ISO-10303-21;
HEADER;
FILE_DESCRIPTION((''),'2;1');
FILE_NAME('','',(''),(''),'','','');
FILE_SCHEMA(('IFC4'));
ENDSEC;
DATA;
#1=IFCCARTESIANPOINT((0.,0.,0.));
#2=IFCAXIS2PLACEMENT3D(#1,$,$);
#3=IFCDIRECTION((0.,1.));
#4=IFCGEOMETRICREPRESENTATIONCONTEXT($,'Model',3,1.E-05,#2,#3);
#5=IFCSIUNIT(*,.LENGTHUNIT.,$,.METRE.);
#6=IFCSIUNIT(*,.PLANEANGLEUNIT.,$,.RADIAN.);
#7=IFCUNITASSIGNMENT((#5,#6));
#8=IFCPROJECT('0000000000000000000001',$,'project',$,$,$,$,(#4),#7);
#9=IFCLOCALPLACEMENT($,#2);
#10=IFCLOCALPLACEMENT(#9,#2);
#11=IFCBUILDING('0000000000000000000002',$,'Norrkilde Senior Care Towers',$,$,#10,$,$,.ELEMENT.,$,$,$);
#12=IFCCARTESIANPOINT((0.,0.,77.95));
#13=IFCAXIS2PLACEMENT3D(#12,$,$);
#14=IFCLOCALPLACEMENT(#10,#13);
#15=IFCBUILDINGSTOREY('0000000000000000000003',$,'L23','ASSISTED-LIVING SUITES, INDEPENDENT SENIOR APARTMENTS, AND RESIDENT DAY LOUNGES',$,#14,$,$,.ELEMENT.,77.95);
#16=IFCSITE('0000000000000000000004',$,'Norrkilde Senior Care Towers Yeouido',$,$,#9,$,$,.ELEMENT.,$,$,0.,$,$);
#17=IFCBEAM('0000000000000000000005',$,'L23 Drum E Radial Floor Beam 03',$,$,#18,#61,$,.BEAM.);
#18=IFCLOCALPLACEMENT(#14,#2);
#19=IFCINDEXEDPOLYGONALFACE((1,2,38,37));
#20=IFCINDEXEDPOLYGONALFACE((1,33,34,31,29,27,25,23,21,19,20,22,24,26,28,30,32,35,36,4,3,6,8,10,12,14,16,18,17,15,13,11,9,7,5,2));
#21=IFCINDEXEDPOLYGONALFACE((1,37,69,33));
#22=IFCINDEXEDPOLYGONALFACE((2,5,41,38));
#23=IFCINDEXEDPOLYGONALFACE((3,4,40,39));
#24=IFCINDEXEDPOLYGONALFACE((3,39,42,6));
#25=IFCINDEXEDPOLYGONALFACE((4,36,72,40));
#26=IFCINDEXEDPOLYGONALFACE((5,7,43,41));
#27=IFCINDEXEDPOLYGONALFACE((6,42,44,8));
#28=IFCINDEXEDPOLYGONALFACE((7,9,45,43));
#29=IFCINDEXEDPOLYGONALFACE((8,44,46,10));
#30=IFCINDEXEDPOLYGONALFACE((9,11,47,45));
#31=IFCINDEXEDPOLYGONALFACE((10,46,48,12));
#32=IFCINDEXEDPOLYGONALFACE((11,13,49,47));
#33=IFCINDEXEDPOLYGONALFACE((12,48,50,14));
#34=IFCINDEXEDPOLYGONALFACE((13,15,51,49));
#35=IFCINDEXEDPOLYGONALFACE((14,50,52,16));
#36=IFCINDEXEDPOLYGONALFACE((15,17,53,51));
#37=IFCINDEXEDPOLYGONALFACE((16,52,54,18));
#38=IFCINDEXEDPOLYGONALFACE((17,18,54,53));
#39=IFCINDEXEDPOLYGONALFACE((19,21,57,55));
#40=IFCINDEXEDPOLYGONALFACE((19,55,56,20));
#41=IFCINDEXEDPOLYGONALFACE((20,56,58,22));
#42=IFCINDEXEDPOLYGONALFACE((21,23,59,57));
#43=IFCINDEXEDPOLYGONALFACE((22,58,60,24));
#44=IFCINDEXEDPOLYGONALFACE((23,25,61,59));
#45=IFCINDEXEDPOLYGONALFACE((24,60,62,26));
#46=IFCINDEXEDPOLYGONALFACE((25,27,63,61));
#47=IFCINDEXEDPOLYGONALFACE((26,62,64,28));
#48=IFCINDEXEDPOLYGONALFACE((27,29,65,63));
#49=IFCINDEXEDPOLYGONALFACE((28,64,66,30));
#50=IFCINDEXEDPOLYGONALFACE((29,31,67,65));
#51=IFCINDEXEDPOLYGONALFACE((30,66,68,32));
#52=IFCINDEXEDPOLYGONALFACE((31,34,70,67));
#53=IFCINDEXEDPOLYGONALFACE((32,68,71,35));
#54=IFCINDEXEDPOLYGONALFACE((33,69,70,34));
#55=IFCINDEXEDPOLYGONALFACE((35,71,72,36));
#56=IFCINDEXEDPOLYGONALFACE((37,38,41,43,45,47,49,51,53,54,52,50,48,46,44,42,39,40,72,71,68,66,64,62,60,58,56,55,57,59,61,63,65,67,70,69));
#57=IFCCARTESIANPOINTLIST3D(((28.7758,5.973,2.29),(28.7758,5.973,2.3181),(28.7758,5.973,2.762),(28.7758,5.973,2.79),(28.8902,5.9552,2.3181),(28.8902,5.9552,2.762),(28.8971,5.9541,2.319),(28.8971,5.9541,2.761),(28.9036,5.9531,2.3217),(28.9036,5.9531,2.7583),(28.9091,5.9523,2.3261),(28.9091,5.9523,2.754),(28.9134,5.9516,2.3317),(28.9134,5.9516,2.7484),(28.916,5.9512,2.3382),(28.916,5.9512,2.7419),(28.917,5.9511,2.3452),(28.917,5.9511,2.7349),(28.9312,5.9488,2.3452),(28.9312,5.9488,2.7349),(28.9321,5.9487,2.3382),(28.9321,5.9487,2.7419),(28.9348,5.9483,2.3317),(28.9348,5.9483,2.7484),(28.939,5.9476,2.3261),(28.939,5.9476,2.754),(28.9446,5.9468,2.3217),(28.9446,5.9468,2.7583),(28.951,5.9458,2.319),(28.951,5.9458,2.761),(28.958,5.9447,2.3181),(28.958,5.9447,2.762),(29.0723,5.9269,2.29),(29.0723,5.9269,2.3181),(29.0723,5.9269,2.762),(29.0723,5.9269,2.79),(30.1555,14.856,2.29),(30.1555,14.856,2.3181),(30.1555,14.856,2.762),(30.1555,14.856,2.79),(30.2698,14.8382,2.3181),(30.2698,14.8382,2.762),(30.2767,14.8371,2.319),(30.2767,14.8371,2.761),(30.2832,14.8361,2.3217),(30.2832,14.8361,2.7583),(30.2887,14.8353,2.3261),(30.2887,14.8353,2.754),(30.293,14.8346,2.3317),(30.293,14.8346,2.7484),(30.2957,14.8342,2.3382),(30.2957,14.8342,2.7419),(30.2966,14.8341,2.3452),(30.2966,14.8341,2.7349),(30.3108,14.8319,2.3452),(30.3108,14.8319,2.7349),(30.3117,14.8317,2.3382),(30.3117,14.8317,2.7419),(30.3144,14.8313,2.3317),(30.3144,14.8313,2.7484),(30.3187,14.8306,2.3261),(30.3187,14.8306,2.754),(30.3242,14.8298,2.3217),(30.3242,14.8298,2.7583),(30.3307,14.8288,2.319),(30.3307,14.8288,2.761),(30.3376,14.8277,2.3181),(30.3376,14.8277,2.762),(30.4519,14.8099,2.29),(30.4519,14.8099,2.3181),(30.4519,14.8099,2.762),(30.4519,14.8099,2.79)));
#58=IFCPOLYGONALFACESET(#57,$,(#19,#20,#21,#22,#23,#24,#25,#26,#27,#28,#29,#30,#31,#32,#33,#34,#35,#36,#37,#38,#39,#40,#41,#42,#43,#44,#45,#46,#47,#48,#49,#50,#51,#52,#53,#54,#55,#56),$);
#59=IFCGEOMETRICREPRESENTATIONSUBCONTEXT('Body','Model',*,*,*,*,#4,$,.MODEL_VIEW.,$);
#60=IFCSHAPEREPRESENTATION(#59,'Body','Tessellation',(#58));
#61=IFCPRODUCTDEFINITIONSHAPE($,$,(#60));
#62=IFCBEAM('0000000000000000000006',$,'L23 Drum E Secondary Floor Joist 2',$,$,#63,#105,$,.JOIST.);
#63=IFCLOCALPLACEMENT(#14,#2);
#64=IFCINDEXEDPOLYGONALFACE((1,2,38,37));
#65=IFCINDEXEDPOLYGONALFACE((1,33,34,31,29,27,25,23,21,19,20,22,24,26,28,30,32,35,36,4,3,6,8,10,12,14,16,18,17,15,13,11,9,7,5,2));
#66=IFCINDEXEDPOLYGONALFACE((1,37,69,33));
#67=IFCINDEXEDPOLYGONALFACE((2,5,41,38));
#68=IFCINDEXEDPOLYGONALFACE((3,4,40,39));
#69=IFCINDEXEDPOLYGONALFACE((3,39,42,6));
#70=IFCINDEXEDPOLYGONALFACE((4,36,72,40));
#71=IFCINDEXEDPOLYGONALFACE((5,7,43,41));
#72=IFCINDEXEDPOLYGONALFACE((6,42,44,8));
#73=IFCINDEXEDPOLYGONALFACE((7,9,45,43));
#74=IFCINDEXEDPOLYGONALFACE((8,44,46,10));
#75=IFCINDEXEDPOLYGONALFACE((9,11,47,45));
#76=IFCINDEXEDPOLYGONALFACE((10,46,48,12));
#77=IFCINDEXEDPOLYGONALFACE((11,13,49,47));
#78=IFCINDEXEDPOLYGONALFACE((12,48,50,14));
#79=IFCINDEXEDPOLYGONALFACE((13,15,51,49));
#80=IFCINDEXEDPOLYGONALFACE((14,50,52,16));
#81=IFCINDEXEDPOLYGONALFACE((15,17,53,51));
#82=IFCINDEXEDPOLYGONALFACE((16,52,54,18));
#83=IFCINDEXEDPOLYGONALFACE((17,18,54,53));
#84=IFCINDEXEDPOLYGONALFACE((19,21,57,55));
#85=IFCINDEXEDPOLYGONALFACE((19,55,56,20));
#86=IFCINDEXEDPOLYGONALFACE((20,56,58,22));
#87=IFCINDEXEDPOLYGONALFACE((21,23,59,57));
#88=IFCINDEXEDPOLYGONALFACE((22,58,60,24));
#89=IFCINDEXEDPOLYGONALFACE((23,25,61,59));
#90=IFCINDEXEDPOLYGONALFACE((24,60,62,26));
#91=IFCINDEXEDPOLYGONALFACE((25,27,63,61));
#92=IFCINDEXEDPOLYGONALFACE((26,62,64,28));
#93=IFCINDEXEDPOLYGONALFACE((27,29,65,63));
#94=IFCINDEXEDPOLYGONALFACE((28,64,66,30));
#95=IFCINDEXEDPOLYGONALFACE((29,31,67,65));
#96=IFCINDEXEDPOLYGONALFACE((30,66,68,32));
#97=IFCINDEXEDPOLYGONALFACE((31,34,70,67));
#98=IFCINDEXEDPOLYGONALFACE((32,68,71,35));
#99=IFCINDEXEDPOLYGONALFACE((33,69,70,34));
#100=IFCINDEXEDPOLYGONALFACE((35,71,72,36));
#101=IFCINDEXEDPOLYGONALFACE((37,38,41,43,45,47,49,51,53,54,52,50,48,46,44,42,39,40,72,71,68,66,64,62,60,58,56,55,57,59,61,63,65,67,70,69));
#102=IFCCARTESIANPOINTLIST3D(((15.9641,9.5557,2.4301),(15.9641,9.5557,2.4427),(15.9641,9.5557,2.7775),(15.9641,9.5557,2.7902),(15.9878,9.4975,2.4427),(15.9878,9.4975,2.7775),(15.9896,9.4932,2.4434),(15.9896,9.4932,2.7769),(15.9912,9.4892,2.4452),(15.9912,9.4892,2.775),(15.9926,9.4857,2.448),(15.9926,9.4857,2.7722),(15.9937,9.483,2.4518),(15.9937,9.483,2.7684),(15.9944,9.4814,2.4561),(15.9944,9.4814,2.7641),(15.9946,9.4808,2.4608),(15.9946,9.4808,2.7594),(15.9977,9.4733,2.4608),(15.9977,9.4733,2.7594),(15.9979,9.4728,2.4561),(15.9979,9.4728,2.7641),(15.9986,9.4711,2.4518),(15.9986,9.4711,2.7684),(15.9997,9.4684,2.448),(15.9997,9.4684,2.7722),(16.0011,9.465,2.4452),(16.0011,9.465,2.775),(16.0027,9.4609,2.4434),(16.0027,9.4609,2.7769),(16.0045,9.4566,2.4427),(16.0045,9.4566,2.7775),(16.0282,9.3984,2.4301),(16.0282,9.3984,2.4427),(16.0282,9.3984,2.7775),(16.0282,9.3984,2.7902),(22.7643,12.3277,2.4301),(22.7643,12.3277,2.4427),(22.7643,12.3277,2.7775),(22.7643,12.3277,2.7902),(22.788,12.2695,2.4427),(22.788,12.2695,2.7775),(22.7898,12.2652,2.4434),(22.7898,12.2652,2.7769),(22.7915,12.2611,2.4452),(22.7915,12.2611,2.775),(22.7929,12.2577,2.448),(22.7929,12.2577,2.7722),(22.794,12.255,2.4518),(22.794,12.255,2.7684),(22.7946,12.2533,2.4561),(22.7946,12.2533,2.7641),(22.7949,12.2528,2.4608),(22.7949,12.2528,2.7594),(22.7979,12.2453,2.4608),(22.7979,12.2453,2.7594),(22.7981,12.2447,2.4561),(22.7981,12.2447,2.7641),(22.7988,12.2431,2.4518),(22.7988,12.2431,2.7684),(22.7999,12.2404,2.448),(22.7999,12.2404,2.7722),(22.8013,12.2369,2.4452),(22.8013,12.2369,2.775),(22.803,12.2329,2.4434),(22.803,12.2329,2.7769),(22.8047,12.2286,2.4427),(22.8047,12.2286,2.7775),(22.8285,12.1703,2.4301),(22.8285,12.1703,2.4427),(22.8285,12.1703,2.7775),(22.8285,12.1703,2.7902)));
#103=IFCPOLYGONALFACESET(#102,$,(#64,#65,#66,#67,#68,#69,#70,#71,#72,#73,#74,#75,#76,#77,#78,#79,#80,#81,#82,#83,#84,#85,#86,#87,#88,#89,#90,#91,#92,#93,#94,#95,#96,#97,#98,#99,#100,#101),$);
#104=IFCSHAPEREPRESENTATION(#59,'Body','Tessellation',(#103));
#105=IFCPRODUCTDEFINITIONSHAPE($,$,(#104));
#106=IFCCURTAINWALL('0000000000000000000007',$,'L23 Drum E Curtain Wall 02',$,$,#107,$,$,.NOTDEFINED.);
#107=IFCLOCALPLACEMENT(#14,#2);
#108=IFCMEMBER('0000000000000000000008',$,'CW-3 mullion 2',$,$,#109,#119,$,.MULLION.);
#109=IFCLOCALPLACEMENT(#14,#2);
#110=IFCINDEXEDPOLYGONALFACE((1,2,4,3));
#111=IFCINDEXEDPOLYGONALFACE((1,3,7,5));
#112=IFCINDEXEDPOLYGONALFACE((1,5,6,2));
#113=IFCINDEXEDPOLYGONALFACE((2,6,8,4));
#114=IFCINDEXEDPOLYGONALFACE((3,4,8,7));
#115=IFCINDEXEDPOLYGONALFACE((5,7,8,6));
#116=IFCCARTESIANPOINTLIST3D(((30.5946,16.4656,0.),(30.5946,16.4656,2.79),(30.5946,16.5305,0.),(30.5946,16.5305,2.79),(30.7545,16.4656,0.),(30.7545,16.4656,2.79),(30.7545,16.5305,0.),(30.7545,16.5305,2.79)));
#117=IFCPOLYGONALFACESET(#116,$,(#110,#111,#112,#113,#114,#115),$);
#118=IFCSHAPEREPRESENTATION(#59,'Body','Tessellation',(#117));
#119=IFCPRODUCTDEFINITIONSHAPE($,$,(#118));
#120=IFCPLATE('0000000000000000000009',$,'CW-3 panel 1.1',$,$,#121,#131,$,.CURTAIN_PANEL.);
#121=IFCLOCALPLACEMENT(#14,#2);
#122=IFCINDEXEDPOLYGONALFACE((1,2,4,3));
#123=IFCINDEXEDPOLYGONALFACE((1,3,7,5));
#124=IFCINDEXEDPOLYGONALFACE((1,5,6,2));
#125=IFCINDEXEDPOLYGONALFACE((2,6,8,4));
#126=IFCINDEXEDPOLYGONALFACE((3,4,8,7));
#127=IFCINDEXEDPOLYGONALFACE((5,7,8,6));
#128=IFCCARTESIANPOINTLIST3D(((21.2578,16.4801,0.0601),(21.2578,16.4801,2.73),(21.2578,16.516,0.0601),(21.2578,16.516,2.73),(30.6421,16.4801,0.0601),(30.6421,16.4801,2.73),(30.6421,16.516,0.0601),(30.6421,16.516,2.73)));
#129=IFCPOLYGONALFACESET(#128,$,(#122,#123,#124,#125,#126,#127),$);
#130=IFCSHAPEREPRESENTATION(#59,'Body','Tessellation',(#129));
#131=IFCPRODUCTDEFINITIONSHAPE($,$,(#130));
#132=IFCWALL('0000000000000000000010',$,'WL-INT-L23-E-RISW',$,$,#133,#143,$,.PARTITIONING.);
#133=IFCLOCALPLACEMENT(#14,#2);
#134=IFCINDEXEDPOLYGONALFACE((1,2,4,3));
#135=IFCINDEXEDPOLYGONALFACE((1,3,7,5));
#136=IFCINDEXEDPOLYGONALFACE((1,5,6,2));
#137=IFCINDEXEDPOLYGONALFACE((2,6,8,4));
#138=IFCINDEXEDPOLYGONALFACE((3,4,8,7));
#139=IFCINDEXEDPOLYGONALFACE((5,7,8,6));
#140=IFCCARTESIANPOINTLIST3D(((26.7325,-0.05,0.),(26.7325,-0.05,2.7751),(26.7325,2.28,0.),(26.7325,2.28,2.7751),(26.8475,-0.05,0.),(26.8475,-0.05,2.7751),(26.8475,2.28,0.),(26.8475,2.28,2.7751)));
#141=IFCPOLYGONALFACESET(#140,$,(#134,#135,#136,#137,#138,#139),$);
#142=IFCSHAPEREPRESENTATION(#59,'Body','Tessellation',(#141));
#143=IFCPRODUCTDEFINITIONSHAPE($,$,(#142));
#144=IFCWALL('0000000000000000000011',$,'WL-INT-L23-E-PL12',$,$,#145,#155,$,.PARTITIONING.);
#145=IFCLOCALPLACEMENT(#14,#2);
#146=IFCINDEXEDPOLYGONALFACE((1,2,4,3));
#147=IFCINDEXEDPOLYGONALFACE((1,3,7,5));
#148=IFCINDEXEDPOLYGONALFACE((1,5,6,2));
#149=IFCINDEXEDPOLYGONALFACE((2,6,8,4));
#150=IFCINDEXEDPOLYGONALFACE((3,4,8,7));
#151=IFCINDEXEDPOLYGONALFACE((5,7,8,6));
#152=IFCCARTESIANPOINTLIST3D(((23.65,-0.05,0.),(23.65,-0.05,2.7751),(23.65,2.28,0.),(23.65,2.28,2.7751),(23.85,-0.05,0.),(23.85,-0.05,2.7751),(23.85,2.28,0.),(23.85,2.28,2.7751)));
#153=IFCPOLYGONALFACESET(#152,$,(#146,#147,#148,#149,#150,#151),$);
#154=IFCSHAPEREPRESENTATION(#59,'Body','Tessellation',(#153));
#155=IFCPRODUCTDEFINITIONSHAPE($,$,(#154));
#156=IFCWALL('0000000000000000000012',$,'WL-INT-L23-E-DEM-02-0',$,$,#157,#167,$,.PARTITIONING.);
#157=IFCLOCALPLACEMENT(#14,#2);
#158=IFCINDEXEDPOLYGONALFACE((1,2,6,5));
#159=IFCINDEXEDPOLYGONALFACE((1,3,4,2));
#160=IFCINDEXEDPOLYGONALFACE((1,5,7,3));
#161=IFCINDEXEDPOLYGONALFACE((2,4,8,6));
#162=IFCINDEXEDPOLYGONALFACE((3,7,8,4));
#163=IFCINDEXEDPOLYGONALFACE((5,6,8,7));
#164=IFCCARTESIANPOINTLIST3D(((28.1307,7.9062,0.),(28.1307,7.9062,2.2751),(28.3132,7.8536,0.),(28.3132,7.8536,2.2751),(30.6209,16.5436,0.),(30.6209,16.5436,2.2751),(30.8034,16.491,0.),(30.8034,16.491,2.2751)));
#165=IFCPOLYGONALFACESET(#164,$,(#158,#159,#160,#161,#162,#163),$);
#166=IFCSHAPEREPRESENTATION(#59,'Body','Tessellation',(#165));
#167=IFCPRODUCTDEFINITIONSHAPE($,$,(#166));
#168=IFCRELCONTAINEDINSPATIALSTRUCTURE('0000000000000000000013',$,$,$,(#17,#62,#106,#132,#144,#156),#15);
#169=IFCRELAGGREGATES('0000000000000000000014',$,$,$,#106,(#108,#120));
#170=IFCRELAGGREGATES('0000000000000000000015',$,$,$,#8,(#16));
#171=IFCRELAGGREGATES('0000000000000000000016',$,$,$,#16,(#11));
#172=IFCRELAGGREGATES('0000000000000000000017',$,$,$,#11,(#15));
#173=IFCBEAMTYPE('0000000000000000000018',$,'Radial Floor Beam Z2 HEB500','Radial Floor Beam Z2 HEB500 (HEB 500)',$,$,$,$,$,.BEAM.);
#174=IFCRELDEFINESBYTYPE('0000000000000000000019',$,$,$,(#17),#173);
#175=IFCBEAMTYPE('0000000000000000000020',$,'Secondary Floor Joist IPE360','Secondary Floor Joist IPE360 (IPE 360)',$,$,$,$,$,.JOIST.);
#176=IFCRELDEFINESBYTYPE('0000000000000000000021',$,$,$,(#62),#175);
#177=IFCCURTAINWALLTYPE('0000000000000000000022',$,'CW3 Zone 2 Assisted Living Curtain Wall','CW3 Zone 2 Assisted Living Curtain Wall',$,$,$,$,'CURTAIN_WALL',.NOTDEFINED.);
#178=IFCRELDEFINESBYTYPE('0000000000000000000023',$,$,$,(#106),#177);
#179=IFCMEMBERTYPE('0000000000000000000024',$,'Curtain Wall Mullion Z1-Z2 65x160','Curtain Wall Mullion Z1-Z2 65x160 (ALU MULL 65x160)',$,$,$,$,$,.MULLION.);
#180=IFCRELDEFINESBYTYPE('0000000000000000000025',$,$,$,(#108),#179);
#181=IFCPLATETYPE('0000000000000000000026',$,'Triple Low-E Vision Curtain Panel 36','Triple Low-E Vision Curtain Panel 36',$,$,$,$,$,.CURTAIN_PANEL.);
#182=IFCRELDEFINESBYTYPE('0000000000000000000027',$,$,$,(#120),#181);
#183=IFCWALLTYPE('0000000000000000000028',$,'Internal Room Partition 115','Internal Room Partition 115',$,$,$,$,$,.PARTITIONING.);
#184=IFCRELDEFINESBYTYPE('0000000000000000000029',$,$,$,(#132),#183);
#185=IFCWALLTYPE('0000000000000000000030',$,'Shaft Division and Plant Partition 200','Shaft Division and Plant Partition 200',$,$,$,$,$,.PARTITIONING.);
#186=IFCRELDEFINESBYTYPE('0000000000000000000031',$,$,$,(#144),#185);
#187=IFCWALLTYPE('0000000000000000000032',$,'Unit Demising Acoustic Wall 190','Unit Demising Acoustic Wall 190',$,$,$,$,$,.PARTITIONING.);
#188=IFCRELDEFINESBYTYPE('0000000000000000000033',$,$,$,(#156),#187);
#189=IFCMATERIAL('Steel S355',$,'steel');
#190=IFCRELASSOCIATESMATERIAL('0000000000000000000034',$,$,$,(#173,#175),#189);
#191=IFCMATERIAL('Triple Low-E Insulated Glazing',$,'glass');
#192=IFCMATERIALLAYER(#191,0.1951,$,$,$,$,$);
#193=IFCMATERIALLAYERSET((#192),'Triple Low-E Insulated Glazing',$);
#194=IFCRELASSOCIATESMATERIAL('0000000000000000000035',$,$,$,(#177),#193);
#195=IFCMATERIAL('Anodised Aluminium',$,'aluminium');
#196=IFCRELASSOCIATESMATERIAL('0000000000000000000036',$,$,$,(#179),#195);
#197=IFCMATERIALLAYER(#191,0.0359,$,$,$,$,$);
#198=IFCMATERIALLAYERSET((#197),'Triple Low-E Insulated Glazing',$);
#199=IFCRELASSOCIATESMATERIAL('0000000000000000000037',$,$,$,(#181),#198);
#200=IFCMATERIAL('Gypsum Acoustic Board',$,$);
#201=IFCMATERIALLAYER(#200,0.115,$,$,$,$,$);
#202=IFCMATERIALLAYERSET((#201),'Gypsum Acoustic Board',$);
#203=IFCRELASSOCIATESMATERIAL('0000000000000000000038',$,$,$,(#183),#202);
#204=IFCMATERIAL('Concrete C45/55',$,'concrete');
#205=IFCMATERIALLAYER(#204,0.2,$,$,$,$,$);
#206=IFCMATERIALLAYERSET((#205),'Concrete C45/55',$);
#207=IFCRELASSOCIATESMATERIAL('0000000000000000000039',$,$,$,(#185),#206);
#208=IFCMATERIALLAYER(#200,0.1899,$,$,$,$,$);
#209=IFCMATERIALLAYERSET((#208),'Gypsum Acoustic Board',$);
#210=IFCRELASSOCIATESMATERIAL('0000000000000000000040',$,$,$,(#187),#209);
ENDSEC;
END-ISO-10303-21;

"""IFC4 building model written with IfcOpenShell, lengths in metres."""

from ifc_helpers import new_model, si_unit, direction, frame, frame_2d, origin, origin_2d, place, context, subcontext, project, spatial, rectangle, i_section, extrude, source, transform, mapped, material, layer, layer_set, material_profile, profile_set, type_object, type_shapes, element, aggregate, save


model = new_model("IFC4")

# Units and contexts
model_context = context("Model", 3, precision=1e-05, world=origin(), true_north=direction((0.0, 1.0)))
body_context = subcontext(model_context, "Body", "Model", "MODEL_VIEW")
ifc_project = project(units=[si_unit("LENGTHUNIT", "METRE"), si_unit("PLANEANGLEUNIT", "RADIAN")], contexts=[model_context])

# Site, building, storey
site_placement = place(None, origin())
site = spatial("IfcSite", under=ifc_project, at=site_placement, Name="Norrkilde Senior Care Towers Yeouido", CompositionType="ELEMENT", RefElevation=0.0)
building_placement = place(site_placement, origin())
building = spatial("IfcBuilding", under=site, at=building_placement, Name="Norrkilde Senior Care Towers", CompositionType="ELEMENT")
storey_placement = place(building_placement, frame((0.0, 0.0, 77.95)))
storey = spatial("IfcBuildingStorey", under=building, at=storey_placement, Name="L23", Description="ASSISTED-LIVING SUITES, INDEPENDENT SENIOR APARTMENTS, AND RESIDENT DAY LOUNGES", CompositionType="ELEMENT", Elevation=77.95)

# Beams
ifc_material_1 = material(Name="Steel S355", Category="steel")
ifc_material_profile_1 = material_profile(ifc_material_1, i_section(OverallWidth=0.3, OverallDepth=0.5, WebThickness=0.0144, FlangeThickness=0.0281, FilletRadius=0.0271, at=origin_2d()), Name="HEB 500")
ifc_profile_set_1 = profile_set([ifc_material_profile_1], Name="Steel S355")
beam_type_1 = type_object("IfcBeamType", Name="Radial Floor Beam Z2 HEB500", Description="Radial Floor Beam Z2 HEB500 (HEB 500)", PredefinedType="BEAM", material=ifc_profile_set_1)
shared_shape_1 = source(origin(), body_context, "Body", "SweptSolid", [
    extrude(i_section(OverallWidth=0.3, OverallDepth=0.5, WebThickness=0.0144, FlangeThickness=0.0281, FilletRadius=0.0271, at=origin_2d()), origin(), (0.0, 0.0, 1.0), 8.9895),
])
beam_1_placement = place(storey_placement, frame((28.9241, 5.95, 2.54), z_axis=(0.153471, 0.988153, 0.0), x_axis=(-0.988153, 0.153471, 0.0)))
element("IfcBeam", 1, at=beam_1_placement, inside=storey, type_object=beam_type_1, Name="L23 Drum E Radial Floor Beam 03", PredefinedType="BEAM", context=body_context, shape_type="MappedRepresentation", body=[
    mapped(shared_shape_1, transform((0.0, 0.0, 0.0), x_axis=(1.0, 0.0, 0.0), y_axis=(0.0, 1.0, 0.0), z_axis=(0.0, 0.0, 1.0), scale=1.0)),
])
ifc_material_profile_2 = material_profile(ifc_material_1, i_section(OverallWidth=0.1699, OverallDepth=0.3601, WebThickness=0.0081, FlangeThickness=0.0127, FilletRadius=0.0181, at=origin_2d()), Name="IPE 360")
ifc_profile_set_2 = profile_set([ifc_material_profile_2], Name="Steel S355")
beam_type_2 = type_object("IfcBeamType", Name="Secondary Floor Joist IPE360", Description="Secondary Floor Joist IPE360 (IPE 360)", PredefinedType="JOIST", material=ifc_profile_set_2)
shared_shape_2 = source(origin(), body_context, "Body", "SweptSolid", [
    extrude(i_section(OverallWidth=0.1699, OverallDepth=0.3601, WebThickness=0.0081, FlangeThickness=0.0127, FilletRadius=0.0181, at=origin_2d()), origin(), (0.0, 0.0, 1.0), 7.3435),
])
type_shapes(beam_type_2, [shared_shape_2])
beam_2_placement = place(storey_placement, frame((22.7964, 12.249, 2.6101), z_axis=(-0.926022, -0.37747, 0.0), x_axis=(0.37747, -0.926022, 0.0)))
element("IfcBeam", 2, at=beam_2_placement, inside=storey, type_object=beam_type_2, Name="L23 Drum E Secondary Floor Joist 2", PredefinedType="JOIST", context=body_context, shape_type="MappedRepresentation", body=[
    mapped(shared_shape_2, transform((0.0, 0.0, 0.0), x_axis=(1.0, 0.0, 0.0), y_axis=(0.0, 1.0, 0.0), z_axis=(0.0, 0.0, 1.0), scale=1.0)),
])

# Curtain wall, member, plate
ifc_material_2 = material(Name="Triple Low-E Insulated Glazing", Category="glass")
ifc_layer_1 = layer(ifc_material_2, 0.1951)
ifc_layer_set_1 = layer_set([ifc_layer_1], Name="Triple Low-E Insulated Glazing")
curtain_wall_type = type_object("IfcCurtainWallType", Name="CW3 Zone 2 Assisted Living Curtain Wall", Description="CW3 Zone 2 Assisted Living Curtain Wall", ElementType="CURTAIN_WALL", PredefinedType="NOTDEFINED", material=ifc_layer_set_1)
curtain_wall_placement = place(storey_placement, origin())
curtain_wall = element("IfcCurtainWall", 3, at=curtain_wall_placement, inside=storey, type_object=curtain_wall_type, Name="L23 Drum E Curtain Wall 02", PredefinedType="NOTDEFINED")
ifc_material_3 = material(Name="Anodised Aluminium", Category="aluminium")
ifc_material_profile_3 = material_profile(ifc_material_3, rectangle(XDim=0.0649, YDim=0.1599, at=origin_2d()), Name="ALU MULL 65x160")
ifc_profile_set_3 = profile_set([ifc_material_profile_3], Name="Anodised Aluminium")
member_type = type_object("IfcMemberType", Name="Curtain Wall Mullion Z1-Z2 65x160", Description="Curtain Wall Mullion Z1-Z2 65x160 (ALU MULL 65x160)", PredefinedType="MULLION", material=ifc_profile_set_3)
shared_shape_3 = source(origin(), body_context, "Body", "SweptSolid", [
    extrude(rectangle(XDim=0.0649, YDim=0.1599, at=origin_2d()), origin(), (0.0, 0.0, 1.0), 2.79),
])
type_shapes(member_type, [shared_shape_3])
member_placement = place(storey_placement, frame((30.6746, 16.498, 0.0), z_axis=(0.0, 0.0, 1.0), x_axis=(0.0, 1.0, 0.0)))
member = element("IfcMember", 4, at=member_placement, type_object=member_type, Name="CW-3 mullion 2", PredefinedType="MULLION", context=body_context, shape_type="MappedRepresentation", body=[
    mapped(shared_shape_3, transform((0.0, 0.0, 0.0), x_axis=(1.0, 0.0, 0.0), y_axis=(0.0, 1.0, 0.0), z_axis=(0.0, 0.0, 1.0), scale=1.0)),
])
ifc_layer_2 = layer(ifc_material_2, 0.0359)
ifc_layer_set_2 = layer_set([ifc_layer_2], Name="Triple Low-E Insulated Glazing")
plate_type = type_object("IfcPlateType", Name="Triple Low-E Vision Curtain Panel 36", Description="Triple Low-E Vision Curtain Panel 36", PredefinedType="CURTAIN_PANEL", material=ifc_layer_set_2)
shared_shape_4 = source(origin(), body_context, "Body", "SweptSolid", [
    extrude(rectangle(XDim=9.3843, YDim=0.0359, at=origin_2d()), origin(), (0.0, 0.0, 1.0), 2.6699),
])
type_shapes(plate_type, [shared_shape_4])
plate_placement = place(storey_placement, frame((25.95, 16.498, 0.0601), z_axis=(0.0, 0.0, 1.0), x_axis=(1.0, 0.0, 0.0)))
plate = element("IfcPlate", 5, at=plate_placement, type_object=plate_type, Name="CW-3 panel 1.1", PredefinedType="CURTAIN_PANEL", context=body_context, shape_type="MappedRepresentation", body=[
    mapped(shared_shape_4, transform((0.0, 0.0, 0.0), x_axis=(1.0, 0.0, 0.0), y_axis=(0.0, 1.0, 0.0), z_axis=(0.0, 0.0, 1.0), scale=1.0)),
])
aggregate(curtain_wall, [member, plate])

# Shared definitions
ifc_material_4 = material(Name="Concrete C45/55", Category="concrete")

# Walls
ifc_material_5 = material(Name="Gypsum Acoustic Board")
ifc_layer_3 = layer(ifc_material_5, 0.115)
ifc_layer_set_3 = layer_set([ifc_layer_3], Name="Gypsum Acoustic Board")
wall_type_1 = type_object("IfcWallType", Name="Internal Room Partition 115", Description="Internal Room Partition 115", PredefinedType="PARTITIONING", material=ifc_layer_set_3)
shared_shape_5 = source(origin(), body_context, "Body", "SweptSolid", [
    extrude(rectangle(XDim=2.3301, YDim=0.115, at=frame_2d((1.165, 0.0))), origin(), (0.0, 0.0, 1.0), 2.7751),
])
wall_1_placement = place(storey_placement, frame((26.79, -0.05, 0.0), z_axis=(0.0, 0.0, 1.0), x_axis=(0.0, 1.0, 0.0)))
element("IfcWall", 6, at=wall_1_placement, inside=storey, type_object=wall_type_1, Name="WL-INT-L23-E-RISW", PredefinedType="PARTITIONING", context=body_context, shape_type="MappedRepresentation", body=[
    mapped(shared_shape_5, transform((0.0, 0.0, 0.0), x_axis=(1.0, 0.0, 0.0), y_axis=(0.0, 1.0, 0.0), z_axis=(0.0, 0.0, 1.0), scale=1.0)),
])
ifc_layer_4 = layer(ifc_material_4, 0.2)
ifc_layer_set_4 = layer_set([ifc_layer_4], Name="Concrete C45/55")
wall_type_2 = type_object("IfcWallType", Name="Shaft Division and Plant Partition 200", Description="Shaft Division and Plant Partition 200", PredefinedType="PARTITIONING", material=ifc_layer_set_4)
shared_shape_6 = source(origin(), body_context, "Body", "SweptSolid", [
    extrude(rectangle(XDim=2.3301, YDim=0.2, at=frame_2d((1.165, 0.0))), origin(), (0.0, 0.0, 1.0), 2.7751),
])
type_shapes(wall_type_2, [shared_shape_6])
wall_2_placement = place(storey_placement, frame((23.75, -0.05, 0.0), z_axis=(0.0, 0.0, 1.0), x_axis=(0.0, 1.0, 0.0)))
element("IfcWall", 7, at=wall_2_placement, inside=storey, type_object=wall_type_2, Name="WL-INT-L23-E-PL12", PredefinedType="PARTITIONING", context=body_context, shape_type="MappedRepresentation", body=[
    mapped(shared_shape_6, transform((0.0, 0.0, 0.0), x_axis=(1.0, 0.0, 0.0), y_axis=(0.0, 1.0, 0.0), z_axis=(0.0, 0.0, 1.0), scale=1.0)),
])

# Wall
ifc_layer_5 = layer(ifc_material_5, 0.1899)
ifc_layer_set_5 = layer_set([ifc_layer_5], Name="Gypsum Acoustic Board")
wall_type_3 = type_object("IfcWallType", Name="Unit Demising Acoustic Wall 190", Description="Unit Demising Acoustic Wall 190", PredefinedType="PARTITIONING", material=ifc_layer_set_5)
shared_shape_7 = source(origin(), body_context, "Body", "SweptSolid", [
    extrude(rectangle(XDim=8.9893, YDim=0.1899, at=frame_2d((4.4946, 0.0))), origin(), (0.0, 0.0, 1.0), 2.2751),
])
type_shapes(wall_type_3, [shared_shape_7])
wall_3_placement = place(storey_placement, frame((28.2219, 7.8799, 0.0), z_axis=(0.0, 0.0, 1.0), x_axis=(0.277023, 0.960863, 0.0)))
element("IfcWall", 8, at=wall_3_placement, inside=storey, type_object=wall_type_3, Name="WL-INT-L23-E-DEM-02-0", PredefinedType="PARTITIONING", context=body_context, shape_type="MappedRepresentation", body=[
    mapped(shared_shape_7, transform((0.0, 0.0, 0.0), x_axis=(1.0, 0.0, 0.0), y_axis=(0.0, 1.0, 0.0), z_axis=(0.0, 0.0, 1.0), scale=1.0)),
])

save(model, "model.ifc")
